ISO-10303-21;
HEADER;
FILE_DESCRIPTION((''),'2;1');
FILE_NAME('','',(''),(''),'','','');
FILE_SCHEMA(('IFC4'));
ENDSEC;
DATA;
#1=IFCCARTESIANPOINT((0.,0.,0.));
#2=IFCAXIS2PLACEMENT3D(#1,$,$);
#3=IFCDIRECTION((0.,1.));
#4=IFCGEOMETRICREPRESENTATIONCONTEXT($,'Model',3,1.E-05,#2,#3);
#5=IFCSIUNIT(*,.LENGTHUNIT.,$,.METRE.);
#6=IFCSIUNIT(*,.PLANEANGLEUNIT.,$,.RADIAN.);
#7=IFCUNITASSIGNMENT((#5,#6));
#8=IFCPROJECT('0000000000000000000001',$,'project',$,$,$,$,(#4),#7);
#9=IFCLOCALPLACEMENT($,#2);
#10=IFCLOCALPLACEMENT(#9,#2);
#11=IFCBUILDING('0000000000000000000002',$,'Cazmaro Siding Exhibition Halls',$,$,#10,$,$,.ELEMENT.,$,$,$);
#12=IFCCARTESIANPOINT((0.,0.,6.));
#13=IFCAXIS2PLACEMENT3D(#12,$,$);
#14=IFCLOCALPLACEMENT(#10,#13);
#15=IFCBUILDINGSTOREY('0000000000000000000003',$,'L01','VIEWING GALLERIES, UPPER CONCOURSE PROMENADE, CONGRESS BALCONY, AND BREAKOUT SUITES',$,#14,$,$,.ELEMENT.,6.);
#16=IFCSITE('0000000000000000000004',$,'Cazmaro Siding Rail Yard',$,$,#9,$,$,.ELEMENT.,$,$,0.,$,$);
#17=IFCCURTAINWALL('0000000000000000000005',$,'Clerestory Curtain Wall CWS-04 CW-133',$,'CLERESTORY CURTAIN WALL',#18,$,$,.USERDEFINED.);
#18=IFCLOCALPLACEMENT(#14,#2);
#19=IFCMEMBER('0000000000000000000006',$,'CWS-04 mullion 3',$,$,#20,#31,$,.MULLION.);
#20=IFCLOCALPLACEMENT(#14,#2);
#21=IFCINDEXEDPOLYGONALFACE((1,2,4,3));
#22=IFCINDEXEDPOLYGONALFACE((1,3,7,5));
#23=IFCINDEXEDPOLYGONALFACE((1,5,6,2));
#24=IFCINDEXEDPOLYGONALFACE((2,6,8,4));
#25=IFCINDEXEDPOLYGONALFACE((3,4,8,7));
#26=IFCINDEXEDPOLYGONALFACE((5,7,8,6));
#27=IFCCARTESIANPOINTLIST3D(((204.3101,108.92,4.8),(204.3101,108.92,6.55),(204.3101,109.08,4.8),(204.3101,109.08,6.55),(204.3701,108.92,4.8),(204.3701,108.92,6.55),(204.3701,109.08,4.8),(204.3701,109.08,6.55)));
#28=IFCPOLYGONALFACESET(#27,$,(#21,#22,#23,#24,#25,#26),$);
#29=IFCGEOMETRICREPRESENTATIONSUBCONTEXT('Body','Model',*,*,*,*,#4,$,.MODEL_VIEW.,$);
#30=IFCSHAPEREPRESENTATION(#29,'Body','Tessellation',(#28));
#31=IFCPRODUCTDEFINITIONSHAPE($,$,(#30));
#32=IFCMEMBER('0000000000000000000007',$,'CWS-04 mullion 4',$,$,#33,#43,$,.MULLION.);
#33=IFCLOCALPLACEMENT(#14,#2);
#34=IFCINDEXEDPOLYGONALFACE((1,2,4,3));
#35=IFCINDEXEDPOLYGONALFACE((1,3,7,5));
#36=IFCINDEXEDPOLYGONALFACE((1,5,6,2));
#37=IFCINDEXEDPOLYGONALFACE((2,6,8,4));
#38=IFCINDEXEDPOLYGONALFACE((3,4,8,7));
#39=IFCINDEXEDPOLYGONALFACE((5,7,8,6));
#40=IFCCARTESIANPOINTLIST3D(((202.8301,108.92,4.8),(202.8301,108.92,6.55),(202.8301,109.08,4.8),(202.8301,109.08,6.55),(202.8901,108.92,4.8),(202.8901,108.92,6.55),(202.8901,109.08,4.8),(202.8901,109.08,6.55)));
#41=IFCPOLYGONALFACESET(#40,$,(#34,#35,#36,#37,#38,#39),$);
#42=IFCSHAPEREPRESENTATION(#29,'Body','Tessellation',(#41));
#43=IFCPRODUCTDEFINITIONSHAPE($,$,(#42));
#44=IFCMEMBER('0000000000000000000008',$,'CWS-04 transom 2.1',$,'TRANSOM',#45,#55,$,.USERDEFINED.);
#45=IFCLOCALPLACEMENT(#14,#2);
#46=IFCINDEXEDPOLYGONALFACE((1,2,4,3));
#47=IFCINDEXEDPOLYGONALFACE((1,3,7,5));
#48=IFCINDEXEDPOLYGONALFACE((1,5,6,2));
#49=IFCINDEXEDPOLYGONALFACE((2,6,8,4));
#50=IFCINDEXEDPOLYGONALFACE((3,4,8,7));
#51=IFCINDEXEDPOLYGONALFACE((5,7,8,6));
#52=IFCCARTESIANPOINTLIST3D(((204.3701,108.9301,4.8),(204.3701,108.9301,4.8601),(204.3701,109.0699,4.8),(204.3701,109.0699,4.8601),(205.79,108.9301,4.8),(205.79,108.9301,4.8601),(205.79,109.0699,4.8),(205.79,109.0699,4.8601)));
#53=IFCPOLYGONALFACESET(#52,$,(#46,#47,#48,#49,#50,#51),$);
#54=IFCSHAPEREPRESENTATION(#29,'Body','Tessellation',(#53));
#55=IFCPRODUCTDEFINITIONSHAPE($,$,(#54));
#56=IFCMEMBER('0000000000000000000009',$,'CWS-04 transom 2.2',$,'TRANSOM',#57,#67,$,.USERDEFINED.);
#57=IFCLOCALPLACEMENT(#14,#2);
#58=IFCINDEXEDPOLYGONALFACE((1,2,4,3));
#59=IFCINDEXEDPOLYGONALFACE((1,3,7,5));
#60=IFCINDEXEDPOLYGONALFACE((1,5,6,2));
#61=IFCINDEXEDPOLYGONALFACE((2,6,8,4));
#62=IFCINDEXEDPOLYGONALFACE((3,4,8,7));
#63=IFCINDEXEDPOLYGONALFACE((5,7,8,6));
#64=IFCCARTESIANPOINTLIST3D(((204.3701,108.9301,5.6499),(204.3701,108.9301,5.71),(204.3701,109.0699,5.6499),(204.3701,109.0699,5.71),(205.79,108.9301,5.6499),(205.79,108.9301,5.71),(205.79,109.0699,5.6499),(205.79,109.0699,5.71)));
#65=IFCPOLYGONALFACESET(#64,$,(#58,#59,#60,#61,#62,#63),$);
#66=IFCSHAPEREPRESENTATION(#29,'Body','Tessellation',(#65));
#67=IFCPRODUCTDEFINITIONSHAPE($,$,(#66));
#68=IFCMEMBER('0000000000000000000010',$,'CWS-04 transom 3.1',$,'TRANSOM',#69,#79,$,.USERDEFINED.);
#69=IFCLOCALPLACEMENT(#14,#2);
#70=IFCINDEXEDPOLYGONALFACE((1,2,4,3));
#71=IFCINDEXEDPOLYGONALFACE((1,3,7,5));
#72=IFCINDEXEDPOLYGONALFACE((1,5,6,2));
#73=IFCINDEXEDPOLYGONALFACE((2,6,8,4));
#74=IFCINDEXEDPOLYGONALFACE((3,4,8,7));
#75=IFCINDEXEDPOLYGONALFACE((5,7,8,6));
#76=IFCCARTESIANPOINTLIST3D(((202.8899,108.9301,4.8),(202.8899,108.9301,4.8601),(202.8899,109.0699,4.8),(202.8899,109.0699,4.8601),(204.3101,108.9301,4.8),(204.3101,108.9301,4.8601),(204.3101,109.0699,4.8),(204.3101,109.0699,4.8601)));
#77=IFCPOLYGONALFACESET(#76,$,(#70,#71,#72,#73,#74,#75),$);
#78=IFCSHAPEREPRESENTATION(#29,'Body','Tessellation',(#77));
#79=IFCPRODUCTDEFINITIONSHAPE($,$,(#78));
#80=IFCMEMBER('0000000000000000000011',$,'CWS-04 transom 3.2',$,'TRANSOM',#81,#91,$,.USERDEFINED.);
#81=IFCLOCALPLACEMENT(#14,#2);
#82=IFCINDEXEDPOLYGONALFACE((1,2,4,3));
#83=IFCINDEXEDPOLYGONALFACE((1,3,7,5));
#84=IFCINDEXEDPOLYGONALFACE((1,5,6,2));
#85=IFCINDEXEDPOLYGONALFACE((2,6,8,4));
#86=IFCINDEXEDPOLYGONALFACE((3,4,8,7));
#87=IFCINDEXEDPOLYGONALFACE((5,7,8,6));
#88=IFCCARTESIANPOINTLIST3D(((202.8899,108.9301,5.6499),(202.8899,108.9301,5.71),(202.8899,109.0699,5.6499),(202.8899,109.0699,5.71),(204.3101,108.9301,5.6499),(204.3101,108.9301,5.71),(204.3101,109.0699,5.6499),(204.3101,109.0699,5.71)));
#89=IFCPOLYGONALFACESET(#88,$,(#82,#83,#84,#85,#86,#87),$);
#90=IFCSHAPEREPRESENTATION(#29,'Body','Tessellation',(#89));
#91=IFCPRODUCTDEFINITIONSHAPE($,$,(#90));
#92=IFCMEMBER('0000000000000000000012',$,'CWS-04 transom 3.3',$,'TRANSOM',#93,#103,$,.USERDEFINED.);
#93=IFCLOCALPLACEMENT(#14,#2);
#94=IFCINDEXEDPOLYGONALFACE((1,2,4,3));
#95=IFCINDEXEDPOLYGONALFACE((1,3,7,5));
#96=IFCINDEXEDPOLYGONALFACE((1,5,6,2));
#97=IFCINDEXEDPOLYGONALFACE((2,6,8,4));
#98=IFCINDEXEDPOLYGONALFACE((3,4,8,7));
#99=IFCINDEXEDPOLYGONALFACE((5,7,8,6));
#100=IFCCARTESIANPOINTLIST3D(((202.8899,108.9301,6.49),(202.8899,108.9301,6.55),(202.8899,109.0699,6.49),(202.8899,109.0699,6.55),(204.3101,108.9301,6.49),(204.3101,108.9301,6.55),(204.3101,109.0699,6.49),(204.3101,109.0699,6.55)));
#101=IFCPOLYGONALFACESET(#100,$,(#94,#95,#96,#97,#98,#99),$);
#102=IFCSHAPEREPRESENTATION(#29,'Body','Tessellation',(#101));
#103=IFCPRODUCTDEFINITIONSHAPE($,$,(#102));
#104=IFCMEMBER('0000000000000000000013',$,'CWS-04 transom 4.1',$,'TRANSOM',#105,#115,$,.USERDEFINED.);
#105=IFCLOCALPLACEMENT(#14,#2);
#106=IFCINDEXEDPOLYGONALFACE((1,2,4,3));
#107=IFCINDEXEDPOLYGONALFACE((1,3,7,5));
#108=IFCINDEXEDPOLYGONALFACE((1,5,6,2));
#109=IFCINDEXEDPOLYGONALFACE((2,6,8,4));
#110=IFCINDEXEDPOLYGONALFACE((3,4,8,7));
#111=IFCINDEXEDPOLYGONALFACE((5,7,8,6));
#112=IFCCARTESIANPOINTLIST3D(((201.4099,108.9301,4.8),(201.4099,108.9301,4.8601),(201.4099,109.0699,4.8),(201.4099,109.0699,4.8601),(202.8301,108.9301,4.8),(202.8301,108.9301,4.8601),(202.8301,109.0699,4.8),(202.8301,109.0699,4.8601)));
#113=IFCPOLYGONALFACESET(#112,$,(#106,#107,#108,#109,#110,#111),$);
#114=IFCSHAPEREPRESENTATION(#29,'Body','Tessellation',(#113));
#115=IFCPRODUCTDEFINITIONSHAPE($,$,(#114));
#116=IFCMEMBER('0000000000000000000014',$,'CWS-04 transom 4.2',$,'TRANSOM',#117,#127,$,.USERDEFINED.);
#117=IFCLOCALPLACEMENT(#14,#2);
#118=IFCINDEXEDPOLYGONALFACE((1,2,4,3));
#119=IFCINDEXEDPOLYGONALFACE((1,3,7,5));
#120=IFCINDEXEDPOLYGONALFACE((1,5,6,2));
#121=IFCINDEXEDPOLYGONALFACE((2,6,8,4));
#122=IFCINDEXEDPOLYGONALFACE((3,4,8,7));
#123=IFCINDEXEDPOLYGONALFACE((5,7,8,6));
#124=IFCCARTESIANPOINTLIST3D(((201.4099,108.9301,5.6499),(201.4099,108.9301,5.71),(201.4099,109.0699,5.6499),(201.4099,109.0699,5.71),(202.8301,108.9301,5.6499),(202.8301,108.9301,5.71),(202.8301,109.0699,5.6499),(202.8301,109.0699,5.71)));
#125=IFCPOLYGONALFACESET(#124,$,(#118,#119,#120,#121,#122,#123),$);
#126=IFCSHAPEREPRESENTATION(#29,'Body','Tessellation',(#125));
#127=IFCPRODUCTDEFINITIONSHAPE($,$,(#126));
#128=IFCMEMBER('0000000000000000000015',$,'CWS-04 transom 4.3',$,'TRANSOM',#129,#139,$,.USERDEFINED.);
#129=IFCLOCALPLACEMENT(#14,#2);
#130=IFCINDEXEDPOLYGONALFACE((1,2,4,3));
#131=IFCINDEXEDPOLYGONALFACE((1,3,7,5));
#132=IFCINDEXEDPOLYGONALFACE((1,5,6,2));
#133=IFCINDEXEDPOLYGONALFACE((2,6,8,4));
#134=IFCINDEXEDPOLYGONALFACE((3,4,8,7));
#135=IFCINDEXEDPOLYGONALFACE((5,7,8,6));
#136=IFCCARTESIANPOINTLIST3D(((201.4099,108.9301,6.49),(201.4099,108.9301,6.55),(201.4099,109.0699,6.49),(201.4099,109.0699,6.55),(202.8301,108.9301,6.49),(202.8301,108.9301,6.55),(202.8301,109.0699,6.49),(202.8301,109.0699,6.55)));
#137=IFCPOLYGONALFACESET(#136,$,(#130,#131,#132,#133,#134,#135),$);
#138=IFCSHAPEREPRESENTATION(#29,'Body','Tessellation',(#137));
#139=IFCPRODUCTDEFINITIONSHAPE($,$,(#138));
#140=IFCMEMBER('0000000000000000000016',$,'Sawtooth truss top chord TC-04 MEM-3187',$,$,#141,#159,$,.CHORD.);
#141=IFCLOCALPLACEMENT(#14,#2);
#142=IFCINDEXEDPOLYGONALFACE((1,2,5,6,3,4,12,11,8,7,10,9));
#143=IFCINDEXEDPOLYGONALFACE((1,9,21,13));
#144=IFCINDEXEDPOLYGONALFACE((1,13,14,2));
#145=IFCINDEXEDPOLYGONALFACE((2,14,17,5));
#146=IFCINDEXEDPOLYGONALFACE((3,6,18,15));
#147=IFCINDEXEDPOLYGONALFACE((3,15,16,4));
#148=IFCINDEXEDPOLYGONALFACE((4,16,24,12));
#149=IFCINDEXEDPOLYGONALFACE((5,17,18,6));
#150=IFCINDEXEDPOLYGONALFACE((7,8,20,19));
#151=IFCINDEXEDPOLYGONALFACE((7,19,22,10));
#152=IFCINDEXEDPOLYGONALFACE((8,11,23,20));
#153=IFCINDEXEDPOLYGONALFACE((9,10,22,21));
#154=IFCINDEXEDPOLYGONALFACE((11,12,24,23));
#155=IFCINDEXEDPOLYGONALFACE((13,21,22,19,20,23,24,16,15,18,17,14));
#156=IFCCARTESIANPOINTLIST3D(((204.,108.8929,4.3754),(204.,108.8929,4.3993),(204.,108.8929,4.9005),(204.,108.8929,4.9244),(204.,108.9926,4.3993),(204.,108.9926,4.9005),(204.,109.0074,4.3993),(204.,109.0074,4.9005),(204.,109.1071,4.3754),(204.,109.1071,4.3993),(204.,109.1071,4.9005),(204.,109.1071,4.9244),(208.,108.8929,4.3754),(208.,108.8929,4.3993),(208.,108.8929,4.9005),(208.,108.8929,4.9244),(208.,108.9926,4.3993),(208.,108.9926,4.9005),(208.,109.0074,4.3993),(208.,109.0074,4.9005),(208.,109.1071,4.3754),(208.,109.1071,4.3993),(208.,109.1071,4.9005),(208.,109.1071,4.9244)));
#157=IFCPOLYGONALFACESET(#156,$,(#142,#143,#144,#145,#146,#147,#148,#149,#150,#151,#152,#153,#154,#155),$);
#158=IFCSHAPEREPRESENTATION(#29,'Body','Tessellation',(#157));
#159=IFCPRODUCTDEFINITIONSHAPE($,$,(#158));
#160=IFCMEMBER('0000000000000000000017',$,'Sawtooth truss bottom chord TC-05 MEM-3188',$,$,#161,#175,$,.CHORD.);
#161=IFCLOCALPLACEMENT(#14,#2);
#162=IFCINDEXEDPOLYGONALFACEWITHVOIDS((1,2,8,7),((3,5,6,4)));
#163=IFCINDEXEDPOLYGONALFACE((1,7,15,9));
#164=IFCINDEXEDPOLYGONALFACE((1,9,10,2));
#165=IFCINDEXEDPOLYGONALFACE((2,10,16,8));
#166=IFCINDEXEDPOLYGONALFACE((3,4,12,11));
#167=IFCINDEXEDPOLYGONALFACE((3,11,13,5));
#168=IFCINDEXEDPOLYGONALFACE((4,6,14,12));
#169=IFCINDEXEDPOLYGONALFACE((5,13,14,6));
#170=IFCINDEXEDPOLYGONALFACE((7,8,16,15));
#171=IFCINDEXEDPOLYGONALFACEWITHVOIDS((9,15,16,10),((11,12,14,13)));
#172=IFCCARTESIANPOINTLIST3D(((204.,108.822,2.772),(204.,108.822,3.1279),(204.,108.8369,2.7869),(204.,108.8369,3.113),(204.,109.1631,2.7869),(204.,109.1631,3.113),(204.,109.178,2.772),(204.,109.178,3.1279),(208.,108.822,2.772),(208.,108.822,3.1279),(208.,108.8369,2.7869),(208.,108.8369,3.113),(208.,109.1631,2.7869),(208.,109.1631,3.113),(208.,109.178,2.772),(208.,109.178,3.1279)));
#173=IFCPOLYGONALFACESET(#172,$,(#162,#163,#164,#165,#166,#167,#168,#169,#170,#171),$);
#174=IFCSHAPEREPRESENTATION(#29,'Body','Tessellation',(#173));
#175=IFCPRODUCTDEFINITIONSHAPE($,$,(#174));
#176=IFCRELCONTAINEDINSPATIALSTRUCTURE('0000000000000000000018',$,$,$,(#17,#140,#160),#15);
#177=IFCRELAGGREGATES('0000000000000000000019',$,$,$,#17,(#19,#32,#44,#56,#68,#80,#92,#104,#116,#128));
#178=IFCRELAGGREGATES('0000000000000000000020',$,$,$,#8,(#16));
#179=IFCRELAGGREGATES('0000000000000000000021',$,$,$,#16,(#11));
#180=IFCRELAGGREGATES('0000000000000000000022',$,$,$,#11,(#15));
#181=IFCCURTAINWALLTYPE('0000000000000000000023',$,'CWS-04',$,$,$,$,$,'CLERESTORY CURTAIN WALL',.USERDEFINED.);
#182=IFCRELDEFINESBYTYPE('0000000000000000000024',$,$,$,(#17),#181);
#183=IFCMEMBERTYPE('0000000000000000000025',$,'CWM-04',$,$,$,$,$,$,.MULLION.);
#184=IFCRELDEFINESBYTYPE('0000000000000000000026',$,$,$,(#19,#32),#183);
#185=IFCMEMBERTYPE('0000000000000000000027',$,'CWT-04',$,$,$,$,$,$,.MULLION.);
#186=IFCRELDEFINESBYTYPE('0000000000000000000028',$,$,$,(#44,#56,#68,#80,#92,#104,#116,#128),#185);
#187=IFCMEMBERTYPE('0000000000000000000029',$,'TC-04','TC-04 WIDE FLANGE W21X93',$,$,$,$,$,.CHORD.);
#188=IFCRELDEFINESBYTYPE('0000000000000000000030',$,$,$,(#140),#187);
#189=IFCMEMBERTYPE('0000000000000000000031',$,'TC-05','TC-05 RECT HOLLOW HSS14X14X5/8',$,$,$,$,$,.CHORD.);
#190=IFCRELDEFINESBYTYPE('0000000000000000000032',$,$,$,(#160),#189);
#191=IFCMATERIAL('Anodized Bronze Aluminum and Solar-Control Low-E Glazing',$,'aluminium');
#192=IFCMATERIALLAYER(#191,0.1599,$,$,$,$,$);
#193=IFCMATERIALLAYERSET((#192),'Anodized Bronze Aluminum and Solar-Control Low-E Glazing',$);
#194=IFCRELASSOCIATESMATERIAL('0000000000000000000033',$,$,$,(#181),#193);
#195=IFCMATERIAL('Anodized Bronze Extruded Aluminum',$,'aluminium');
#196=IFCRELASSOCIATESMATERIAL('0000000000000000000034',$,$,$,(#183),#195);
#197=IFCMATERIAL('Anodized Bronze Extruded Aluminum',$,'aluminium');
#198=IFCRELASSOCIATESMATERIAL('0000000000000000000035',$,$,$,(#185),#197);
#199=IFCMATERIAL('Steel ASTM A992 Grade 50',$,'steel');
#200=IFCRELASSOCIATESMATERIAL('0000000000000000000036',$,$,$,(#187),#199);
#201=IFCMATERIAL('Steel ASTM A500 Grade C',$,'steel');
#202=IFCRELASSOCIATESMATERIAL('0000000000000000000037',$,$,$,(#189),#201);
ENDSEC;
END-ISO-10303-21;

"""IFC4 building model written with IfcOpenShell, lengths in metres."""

from ifc_helpers import new_model, si_unit, direction, frame, origin, origin_2d, place, context, subcontext, project, spatial, rectangle, hollow_rectangle, i_section, extrude, material, layer, layer_set, material_profile, profile_set, type_object, element, aggregate, save


model = new_model("IFC4")

# Units and contexts
model_context = context("Model", 3, precision=1e-05, world=origin(), true_north=direction((0.0, 1.0)))
body_context = subcontext(model_context, "Body", "Model", "MODEL_VIEW")
ifc_project = project(units=[si_unit("LENGTHUNIT", "METRE"), si_unit("PLANEANGLEUNIT", "RADIAN")], contexts=[model_context])

# Site, building, storey
site_placement = place(None, origin())
site = spatial("IfcSite", under=ifc_project, at=site_placement, Name="Cazmaro Siding Rail Yard", CompositionType="ELEMENT", RefElevation=0.0)
building_placement = place(site_placement, origin())
building = spatial("IfcBuilding", under=site, at=building_placement, Name="Cazmaro Siding Exhibition Halls", CompositionType="ELEMENT")
storey_placement = place(building_placement, frame((0.0, 0.0, 6.0)))
storey = spatial("IfcBuildingStorey", under=building, at=storey_placement, Name="L01", Description="VIEWING GALLERIES, UPPER CONCOURSE PROMENADE, CONGRESS BALCONY, AND BREAKOUT SUITES", CompositionType="ELEMENT", Elevation=6.0)

# Curtain wall, members
ifc_material_1 = material(Name="Anodized Bronze Aluminum and Solar-Control Low-E Glazing", Category="aluminium")
ifc_layer_1 = layer(ifc_material_1, 0.1599)
ifc_layer_set_1 = layer_set([ifc_layer_1], Name="Anodized Bronze Aluminum and Solar-Control Low-E Glazing")
curtain_wall_type = type_object("IfcCurtainWallType", Name="CWS-04", ElementType="CLERESTORY CURTAIN WALL", PredefinedType="USERDEFINED", material=ifc_layer_set_1)
curtain_wall_placement = place(storey_placement, origin())
curtain_wall = element("IfcCurtainWall", 1, at=curtain_wall_placement, inside=storey, type_object=curtain_wall_type, Name="Clerestory Curtain Wall CWS-04 CW-133", ObjectType="CLERESTORY CURTAIN WALL", PredefinedType="USERDEFINED")
ifc_material_2 = material(Name="Anodized Bronze Extruded Aluminum", Category="aluminium")
ifc_material_profile_1 = material_profile(ifc_material_2, rectangle(XDim=0.1599, YDim=0.0601, at=origin_2d()), Name="CWM-04")
ifc_profile_set_1 = profile_set([ifc_material_profile_1], Name="Anodized Bronze Extruded Aluminum")
member_type_1 = type_object("IfcMemberType", Name="CWM-04", PredefinedType="MULLION", material=ifc_profile_set_1)
member_1_placement = place(storey_placement, frame((204.3401, 109.0, 4.8), z_axis=(0.0, 0.0, 1.0), x_axis=(0.0, -1.0, 0.0)))
member_1 = element("IfcMember", 2, at=member_1_placement, type_object=member_type_1, Name="CWS-04 mullion 3", PredefinedType="MULLION", context=body_context, shape_type="SweptSolid", body=[
    extrude(rectangle(XDim=0.1599, YDim=0.0601, at=origin_2d()), origin(), (0.0, 0.0, 1.0), 1.75),
])
member_2_placement = place(storey_placement, frame((202.8601, 109.0, 4.8), z_axis=(0.0, 0.0, 1.0), x_axis=(0.0, -1.0, 0.0)))
member_2 = element("IfcMember", 3, at=member_2_placement, type_object=member_type_1, Name="CWS-04 mullion 4", PredefinedType="MULLION", context=body_context, shape_type="SweptSolid", body=[
    extrude(rectangle(XDim=0.1599, YDim=0.0601, at=origin_2d()), origin(), (0.0, 0.0, 1.0), 1.75),
])
ifc_material_3 = material(Name="Anodized Bronze Extruded Aluminum", Category="aluminium")
ifc_material_profile_2 = material_profile(ifc_material_3, rectangle(XDim=0.1399, YDim=0.0601, at=origin_2d()), Name="CWT-04")
ifc_profile_set_2 = profile_set([ifc_material_profile_2], Name="Anodized Bronze Extruded Aluminum")
member_type_2 = type_object("IfcMemberType", Name="CWT-04", PredefinedType="MULLION", material=ifc_profile_set_2)
member_3_placement = place(storey_placement, frame((205.79, 109.0, 4.8301), z_axis=(-1.0, 0.0, 0.0), x_axis=(0.0, -1.0, 0.0)))
member_3 = element("IfcMember", 4, at=member_3_placement, type_object=member_type_2, Name="CWS-04 transom 2.1", ObjectType="TRANSOM", PredefinedType="USERDEFINED", context=body_context, shape_type="SweptSolid", body=[
    extrude(rectangle(XDim=0.1399, YDim=0.0601, at=origin_2d()), origin(), (0.0, 0.0, 1.0), 1.4199),
])
member_4_placement = place(storey_placement, frame((205.79, 109.0, 5.6799), z_axis=(-1.0, 0.0, 0.0), x_axis=(0.0, -1.0, 0.0)))
member_4 = element("IfcMember", 5, at=member_4_placement, type_object=member_type_2, Name="CWS-04 transom 2.2", ObjectType="TRANSOM", PredefinedType="USERDEFINED", context=body_context, shape_type="SweptSolid", body=[
    extrude(rectangle(XDim=0.1399, YDim=0.0601, at=origin_2d()), origin(), (0.0, 0.0, 1.0), 1.4199),
])
member_5_placement = place(storey_placement, frame((204.3101, 109.0, 4.8301), z_axis=(-1.0, 0.0, 0.0), x_axis=(0.0, -1.0, 0.0)))
member_5 = element("IfcMember", 6, at=member_5_placement, type_object=member_type_2, Name="CWS-04 transom 3.1", ObjectType="TRANSOM", PredefinedType="USERDEFINED", context=body_context, shape_type="SweptSolid", body=[
    extrude(rectangle(XDim=0.1399, YDim=0.0601, at=origin_2d()), origin(), (0.0, 0.0, 1.0), 1.4202),
])
member_6_placement = place(storey_placement, frame((204.3101, 109.0, 5.6799), z_axis=(-1.0, 0.0, 0.0), x_axis=(0.0, -1.0, 0.0)))
member_6 = element("IfcMember", 7, at=member_6_placement, type_object=member_type_2, Name="CWS-04 transom 3.2", ObjectType="TRANSOM", PredefinedType="USERDEFINED", context=body_context, shape_type="SweptSolid", body=[
    extrude(rectangle(XDim=0.1399, YDim=0.0601, at=origin_2d()), origin(), (0.0, 0.0, 1.0), 1.4202),
])
member_7_placement = place(storey_placement, frame((204.3101, 109.0, 6.52), z_axis=(-1.0, 0.0, 0.0), x_axis=(0.0, -1.0, 0.0)))
member_7 = element("IfcMember", 8, at=member_7_placement, type_object=member_type_2, Name="CWS-04 transom 3.3", ObjectType="TRANSOM", PredefinedType="USERDEFINED", context=body_context, shape_type="SweptSolid", body=[
    extrude(rectangle(XDim=0.1399, YDim=0.0601, at=origin_2d()), origin(), (0.0, 0.0, 1.0), 1.4202),
])
member_8_placement = place(storey_placement, frame((202.8301, 109.0, 4.8301), z_axis=(-1.0, 0.0, 0.0), x_axis=(0.0, -1.0, 0.0)))
member_8 = element("IfcMember", 9, at=member_8_placement, type_object=member_type_2, Name="CWS-04 transom 4.1", ObjectType="TRANSOM", PredefinedType="USERDEFINED", context=body_context, shape_type="SweptSolid", body=[
    extrude(rectangle(XDim=0.1399, YDim=0.0601, at=origin_2d()), origin(), (0.0, 0.0, 1.0), 1.4202),
])
member_9_placement = place(storey_placement, frame((202.8301, 109.0, 5.6799), z_axis=(-1.0, 0.0, 0.0), x_axis=(0.0, -1.0, 0.0)))
member_9 = element("IfcMember", 10, at=member_9_placement, type_object=member_type_2, Name="CWS-04 transom 4.2", ObjectType="TRANSOM", PredefinedType="USERDEFINED", context=body_context, shape_type="SweptSolid", body=[
    extrude(rectangle(XDim=0.1399, YDim=0.0601, at=origin_2d()), origin(), (0.0, 0.0, 1.0), 1.4202),
])
member_10_placement = place(storey_placement, frame((202.8301, 109.0, 6.52), z_axis=(-1.0, 0.0, 0.0), x_axis=(0.0, -1.0, 0.0)))
member_10 = element("IfcMember", 11, at=member_10_placement, type_object=member_type_2, Name="CWS-04 transom 4.3", ObjectType="TRANSOM", PredefinedType="USERDEFINED", context=body_context, shape_type="SweptSolid", body=[
    extrude(rectangle(XDim=0.1399, YDim=0.0601, at=origin_2d()), origin(), (0.0, 0.0, 1.0), 1.4202),
])

# Members
ifc_material_4 = material(Name="Steel ASTM A992 Grade 50", Category="steel")
ifc_material_profile_3 = material_profile(ifc_material_4, i_section(OverallWidth=0.2141, OverallDepth=0.5491, WebThickness=0.0149, FlangeThickness=0.0239, at=origin_2d()), Name="W21X93")
ifc_profile_set_3 = profile_set([ifc_material_profile_3], Name="Steel ASTM A992 Grade 50")
member_type_3 = type_object("IfcMemberType", Name="TC-04", Description="TC-04 WIDE FLANGE W21X93", PredefinedType="CHORD", material=ifc_profile_set_3)
member_11_placement = place(storey_placement, frame((204.0, 109.0, 4.6499), z_axis=(1.0, 0.0, 0.0), x_axis=(0.0, 1.0, 0.0)))
element("IfcMember", 12, at=member_11_placement, inside=storey, type_object=member_type_3, Name="Sawtooth truss top chord TC-04 MEM-3187", PredefinedType="CHORD", context=body_context, shape_type="SweptSolid", body=[
    extrude(i_section(OverallWidth=0.2141, OverallDepth=0.5491, WebThickness=0.0149, FlangeThickness=0.0239, at=origin_2d()), origin(), (0.0, 0.0, 1.0), 4.0),
])
ifc_material_5 = material(Name="Steel ASTM A500 Grade C", Category="steel")
ifc_material_profile_4 = material_profile(ifc_material_5, hollow_rectangle(XDim=0.356, YDim=0.356, WallThickness=0.0149, at=origin_2d()), Name="HSS14X14X5/8")
ifc_profile_set_4 = profile_set([ifc_material_profile_4], Name="Steel ASTM A500 Grade C")
member_type_4 = type_object("IfcMemberType", Name="TC-05", Description="TC-05 RECT HOLLOW HSS14X14X5/8", PredefinedType="CHORD", material=ifc_profile_set_4)
member_12_placement = place(storey_placement, frame((204.0, 109.0, 2.95), z_axis=(1.0, 0.0, 0.0), x_axis=(0.0, 1.0, 0.0)))
element("IfcMember", 13, at=member_12_placement, inside=storey, type_object=member_type_4, Name="Sawtooth truss bottom chord TC-05 MEM-3188", PredefinedType="CHORD", context=body_context, shape_type="SweptSolid", body=[
    extrude(hollow_rectangle(XDim=0.356, YDim=0.356, WallThickness=0.0149, at=origin_2d()), origin(), (0.0, 0.0, 1.0), 4.0),
])

aggregate(curtain_wall, [member_1, member_2, member_3, member_4, member_5, member_6, member_7, member_8, member_9, member_10])

save(model, "model.ifc")
